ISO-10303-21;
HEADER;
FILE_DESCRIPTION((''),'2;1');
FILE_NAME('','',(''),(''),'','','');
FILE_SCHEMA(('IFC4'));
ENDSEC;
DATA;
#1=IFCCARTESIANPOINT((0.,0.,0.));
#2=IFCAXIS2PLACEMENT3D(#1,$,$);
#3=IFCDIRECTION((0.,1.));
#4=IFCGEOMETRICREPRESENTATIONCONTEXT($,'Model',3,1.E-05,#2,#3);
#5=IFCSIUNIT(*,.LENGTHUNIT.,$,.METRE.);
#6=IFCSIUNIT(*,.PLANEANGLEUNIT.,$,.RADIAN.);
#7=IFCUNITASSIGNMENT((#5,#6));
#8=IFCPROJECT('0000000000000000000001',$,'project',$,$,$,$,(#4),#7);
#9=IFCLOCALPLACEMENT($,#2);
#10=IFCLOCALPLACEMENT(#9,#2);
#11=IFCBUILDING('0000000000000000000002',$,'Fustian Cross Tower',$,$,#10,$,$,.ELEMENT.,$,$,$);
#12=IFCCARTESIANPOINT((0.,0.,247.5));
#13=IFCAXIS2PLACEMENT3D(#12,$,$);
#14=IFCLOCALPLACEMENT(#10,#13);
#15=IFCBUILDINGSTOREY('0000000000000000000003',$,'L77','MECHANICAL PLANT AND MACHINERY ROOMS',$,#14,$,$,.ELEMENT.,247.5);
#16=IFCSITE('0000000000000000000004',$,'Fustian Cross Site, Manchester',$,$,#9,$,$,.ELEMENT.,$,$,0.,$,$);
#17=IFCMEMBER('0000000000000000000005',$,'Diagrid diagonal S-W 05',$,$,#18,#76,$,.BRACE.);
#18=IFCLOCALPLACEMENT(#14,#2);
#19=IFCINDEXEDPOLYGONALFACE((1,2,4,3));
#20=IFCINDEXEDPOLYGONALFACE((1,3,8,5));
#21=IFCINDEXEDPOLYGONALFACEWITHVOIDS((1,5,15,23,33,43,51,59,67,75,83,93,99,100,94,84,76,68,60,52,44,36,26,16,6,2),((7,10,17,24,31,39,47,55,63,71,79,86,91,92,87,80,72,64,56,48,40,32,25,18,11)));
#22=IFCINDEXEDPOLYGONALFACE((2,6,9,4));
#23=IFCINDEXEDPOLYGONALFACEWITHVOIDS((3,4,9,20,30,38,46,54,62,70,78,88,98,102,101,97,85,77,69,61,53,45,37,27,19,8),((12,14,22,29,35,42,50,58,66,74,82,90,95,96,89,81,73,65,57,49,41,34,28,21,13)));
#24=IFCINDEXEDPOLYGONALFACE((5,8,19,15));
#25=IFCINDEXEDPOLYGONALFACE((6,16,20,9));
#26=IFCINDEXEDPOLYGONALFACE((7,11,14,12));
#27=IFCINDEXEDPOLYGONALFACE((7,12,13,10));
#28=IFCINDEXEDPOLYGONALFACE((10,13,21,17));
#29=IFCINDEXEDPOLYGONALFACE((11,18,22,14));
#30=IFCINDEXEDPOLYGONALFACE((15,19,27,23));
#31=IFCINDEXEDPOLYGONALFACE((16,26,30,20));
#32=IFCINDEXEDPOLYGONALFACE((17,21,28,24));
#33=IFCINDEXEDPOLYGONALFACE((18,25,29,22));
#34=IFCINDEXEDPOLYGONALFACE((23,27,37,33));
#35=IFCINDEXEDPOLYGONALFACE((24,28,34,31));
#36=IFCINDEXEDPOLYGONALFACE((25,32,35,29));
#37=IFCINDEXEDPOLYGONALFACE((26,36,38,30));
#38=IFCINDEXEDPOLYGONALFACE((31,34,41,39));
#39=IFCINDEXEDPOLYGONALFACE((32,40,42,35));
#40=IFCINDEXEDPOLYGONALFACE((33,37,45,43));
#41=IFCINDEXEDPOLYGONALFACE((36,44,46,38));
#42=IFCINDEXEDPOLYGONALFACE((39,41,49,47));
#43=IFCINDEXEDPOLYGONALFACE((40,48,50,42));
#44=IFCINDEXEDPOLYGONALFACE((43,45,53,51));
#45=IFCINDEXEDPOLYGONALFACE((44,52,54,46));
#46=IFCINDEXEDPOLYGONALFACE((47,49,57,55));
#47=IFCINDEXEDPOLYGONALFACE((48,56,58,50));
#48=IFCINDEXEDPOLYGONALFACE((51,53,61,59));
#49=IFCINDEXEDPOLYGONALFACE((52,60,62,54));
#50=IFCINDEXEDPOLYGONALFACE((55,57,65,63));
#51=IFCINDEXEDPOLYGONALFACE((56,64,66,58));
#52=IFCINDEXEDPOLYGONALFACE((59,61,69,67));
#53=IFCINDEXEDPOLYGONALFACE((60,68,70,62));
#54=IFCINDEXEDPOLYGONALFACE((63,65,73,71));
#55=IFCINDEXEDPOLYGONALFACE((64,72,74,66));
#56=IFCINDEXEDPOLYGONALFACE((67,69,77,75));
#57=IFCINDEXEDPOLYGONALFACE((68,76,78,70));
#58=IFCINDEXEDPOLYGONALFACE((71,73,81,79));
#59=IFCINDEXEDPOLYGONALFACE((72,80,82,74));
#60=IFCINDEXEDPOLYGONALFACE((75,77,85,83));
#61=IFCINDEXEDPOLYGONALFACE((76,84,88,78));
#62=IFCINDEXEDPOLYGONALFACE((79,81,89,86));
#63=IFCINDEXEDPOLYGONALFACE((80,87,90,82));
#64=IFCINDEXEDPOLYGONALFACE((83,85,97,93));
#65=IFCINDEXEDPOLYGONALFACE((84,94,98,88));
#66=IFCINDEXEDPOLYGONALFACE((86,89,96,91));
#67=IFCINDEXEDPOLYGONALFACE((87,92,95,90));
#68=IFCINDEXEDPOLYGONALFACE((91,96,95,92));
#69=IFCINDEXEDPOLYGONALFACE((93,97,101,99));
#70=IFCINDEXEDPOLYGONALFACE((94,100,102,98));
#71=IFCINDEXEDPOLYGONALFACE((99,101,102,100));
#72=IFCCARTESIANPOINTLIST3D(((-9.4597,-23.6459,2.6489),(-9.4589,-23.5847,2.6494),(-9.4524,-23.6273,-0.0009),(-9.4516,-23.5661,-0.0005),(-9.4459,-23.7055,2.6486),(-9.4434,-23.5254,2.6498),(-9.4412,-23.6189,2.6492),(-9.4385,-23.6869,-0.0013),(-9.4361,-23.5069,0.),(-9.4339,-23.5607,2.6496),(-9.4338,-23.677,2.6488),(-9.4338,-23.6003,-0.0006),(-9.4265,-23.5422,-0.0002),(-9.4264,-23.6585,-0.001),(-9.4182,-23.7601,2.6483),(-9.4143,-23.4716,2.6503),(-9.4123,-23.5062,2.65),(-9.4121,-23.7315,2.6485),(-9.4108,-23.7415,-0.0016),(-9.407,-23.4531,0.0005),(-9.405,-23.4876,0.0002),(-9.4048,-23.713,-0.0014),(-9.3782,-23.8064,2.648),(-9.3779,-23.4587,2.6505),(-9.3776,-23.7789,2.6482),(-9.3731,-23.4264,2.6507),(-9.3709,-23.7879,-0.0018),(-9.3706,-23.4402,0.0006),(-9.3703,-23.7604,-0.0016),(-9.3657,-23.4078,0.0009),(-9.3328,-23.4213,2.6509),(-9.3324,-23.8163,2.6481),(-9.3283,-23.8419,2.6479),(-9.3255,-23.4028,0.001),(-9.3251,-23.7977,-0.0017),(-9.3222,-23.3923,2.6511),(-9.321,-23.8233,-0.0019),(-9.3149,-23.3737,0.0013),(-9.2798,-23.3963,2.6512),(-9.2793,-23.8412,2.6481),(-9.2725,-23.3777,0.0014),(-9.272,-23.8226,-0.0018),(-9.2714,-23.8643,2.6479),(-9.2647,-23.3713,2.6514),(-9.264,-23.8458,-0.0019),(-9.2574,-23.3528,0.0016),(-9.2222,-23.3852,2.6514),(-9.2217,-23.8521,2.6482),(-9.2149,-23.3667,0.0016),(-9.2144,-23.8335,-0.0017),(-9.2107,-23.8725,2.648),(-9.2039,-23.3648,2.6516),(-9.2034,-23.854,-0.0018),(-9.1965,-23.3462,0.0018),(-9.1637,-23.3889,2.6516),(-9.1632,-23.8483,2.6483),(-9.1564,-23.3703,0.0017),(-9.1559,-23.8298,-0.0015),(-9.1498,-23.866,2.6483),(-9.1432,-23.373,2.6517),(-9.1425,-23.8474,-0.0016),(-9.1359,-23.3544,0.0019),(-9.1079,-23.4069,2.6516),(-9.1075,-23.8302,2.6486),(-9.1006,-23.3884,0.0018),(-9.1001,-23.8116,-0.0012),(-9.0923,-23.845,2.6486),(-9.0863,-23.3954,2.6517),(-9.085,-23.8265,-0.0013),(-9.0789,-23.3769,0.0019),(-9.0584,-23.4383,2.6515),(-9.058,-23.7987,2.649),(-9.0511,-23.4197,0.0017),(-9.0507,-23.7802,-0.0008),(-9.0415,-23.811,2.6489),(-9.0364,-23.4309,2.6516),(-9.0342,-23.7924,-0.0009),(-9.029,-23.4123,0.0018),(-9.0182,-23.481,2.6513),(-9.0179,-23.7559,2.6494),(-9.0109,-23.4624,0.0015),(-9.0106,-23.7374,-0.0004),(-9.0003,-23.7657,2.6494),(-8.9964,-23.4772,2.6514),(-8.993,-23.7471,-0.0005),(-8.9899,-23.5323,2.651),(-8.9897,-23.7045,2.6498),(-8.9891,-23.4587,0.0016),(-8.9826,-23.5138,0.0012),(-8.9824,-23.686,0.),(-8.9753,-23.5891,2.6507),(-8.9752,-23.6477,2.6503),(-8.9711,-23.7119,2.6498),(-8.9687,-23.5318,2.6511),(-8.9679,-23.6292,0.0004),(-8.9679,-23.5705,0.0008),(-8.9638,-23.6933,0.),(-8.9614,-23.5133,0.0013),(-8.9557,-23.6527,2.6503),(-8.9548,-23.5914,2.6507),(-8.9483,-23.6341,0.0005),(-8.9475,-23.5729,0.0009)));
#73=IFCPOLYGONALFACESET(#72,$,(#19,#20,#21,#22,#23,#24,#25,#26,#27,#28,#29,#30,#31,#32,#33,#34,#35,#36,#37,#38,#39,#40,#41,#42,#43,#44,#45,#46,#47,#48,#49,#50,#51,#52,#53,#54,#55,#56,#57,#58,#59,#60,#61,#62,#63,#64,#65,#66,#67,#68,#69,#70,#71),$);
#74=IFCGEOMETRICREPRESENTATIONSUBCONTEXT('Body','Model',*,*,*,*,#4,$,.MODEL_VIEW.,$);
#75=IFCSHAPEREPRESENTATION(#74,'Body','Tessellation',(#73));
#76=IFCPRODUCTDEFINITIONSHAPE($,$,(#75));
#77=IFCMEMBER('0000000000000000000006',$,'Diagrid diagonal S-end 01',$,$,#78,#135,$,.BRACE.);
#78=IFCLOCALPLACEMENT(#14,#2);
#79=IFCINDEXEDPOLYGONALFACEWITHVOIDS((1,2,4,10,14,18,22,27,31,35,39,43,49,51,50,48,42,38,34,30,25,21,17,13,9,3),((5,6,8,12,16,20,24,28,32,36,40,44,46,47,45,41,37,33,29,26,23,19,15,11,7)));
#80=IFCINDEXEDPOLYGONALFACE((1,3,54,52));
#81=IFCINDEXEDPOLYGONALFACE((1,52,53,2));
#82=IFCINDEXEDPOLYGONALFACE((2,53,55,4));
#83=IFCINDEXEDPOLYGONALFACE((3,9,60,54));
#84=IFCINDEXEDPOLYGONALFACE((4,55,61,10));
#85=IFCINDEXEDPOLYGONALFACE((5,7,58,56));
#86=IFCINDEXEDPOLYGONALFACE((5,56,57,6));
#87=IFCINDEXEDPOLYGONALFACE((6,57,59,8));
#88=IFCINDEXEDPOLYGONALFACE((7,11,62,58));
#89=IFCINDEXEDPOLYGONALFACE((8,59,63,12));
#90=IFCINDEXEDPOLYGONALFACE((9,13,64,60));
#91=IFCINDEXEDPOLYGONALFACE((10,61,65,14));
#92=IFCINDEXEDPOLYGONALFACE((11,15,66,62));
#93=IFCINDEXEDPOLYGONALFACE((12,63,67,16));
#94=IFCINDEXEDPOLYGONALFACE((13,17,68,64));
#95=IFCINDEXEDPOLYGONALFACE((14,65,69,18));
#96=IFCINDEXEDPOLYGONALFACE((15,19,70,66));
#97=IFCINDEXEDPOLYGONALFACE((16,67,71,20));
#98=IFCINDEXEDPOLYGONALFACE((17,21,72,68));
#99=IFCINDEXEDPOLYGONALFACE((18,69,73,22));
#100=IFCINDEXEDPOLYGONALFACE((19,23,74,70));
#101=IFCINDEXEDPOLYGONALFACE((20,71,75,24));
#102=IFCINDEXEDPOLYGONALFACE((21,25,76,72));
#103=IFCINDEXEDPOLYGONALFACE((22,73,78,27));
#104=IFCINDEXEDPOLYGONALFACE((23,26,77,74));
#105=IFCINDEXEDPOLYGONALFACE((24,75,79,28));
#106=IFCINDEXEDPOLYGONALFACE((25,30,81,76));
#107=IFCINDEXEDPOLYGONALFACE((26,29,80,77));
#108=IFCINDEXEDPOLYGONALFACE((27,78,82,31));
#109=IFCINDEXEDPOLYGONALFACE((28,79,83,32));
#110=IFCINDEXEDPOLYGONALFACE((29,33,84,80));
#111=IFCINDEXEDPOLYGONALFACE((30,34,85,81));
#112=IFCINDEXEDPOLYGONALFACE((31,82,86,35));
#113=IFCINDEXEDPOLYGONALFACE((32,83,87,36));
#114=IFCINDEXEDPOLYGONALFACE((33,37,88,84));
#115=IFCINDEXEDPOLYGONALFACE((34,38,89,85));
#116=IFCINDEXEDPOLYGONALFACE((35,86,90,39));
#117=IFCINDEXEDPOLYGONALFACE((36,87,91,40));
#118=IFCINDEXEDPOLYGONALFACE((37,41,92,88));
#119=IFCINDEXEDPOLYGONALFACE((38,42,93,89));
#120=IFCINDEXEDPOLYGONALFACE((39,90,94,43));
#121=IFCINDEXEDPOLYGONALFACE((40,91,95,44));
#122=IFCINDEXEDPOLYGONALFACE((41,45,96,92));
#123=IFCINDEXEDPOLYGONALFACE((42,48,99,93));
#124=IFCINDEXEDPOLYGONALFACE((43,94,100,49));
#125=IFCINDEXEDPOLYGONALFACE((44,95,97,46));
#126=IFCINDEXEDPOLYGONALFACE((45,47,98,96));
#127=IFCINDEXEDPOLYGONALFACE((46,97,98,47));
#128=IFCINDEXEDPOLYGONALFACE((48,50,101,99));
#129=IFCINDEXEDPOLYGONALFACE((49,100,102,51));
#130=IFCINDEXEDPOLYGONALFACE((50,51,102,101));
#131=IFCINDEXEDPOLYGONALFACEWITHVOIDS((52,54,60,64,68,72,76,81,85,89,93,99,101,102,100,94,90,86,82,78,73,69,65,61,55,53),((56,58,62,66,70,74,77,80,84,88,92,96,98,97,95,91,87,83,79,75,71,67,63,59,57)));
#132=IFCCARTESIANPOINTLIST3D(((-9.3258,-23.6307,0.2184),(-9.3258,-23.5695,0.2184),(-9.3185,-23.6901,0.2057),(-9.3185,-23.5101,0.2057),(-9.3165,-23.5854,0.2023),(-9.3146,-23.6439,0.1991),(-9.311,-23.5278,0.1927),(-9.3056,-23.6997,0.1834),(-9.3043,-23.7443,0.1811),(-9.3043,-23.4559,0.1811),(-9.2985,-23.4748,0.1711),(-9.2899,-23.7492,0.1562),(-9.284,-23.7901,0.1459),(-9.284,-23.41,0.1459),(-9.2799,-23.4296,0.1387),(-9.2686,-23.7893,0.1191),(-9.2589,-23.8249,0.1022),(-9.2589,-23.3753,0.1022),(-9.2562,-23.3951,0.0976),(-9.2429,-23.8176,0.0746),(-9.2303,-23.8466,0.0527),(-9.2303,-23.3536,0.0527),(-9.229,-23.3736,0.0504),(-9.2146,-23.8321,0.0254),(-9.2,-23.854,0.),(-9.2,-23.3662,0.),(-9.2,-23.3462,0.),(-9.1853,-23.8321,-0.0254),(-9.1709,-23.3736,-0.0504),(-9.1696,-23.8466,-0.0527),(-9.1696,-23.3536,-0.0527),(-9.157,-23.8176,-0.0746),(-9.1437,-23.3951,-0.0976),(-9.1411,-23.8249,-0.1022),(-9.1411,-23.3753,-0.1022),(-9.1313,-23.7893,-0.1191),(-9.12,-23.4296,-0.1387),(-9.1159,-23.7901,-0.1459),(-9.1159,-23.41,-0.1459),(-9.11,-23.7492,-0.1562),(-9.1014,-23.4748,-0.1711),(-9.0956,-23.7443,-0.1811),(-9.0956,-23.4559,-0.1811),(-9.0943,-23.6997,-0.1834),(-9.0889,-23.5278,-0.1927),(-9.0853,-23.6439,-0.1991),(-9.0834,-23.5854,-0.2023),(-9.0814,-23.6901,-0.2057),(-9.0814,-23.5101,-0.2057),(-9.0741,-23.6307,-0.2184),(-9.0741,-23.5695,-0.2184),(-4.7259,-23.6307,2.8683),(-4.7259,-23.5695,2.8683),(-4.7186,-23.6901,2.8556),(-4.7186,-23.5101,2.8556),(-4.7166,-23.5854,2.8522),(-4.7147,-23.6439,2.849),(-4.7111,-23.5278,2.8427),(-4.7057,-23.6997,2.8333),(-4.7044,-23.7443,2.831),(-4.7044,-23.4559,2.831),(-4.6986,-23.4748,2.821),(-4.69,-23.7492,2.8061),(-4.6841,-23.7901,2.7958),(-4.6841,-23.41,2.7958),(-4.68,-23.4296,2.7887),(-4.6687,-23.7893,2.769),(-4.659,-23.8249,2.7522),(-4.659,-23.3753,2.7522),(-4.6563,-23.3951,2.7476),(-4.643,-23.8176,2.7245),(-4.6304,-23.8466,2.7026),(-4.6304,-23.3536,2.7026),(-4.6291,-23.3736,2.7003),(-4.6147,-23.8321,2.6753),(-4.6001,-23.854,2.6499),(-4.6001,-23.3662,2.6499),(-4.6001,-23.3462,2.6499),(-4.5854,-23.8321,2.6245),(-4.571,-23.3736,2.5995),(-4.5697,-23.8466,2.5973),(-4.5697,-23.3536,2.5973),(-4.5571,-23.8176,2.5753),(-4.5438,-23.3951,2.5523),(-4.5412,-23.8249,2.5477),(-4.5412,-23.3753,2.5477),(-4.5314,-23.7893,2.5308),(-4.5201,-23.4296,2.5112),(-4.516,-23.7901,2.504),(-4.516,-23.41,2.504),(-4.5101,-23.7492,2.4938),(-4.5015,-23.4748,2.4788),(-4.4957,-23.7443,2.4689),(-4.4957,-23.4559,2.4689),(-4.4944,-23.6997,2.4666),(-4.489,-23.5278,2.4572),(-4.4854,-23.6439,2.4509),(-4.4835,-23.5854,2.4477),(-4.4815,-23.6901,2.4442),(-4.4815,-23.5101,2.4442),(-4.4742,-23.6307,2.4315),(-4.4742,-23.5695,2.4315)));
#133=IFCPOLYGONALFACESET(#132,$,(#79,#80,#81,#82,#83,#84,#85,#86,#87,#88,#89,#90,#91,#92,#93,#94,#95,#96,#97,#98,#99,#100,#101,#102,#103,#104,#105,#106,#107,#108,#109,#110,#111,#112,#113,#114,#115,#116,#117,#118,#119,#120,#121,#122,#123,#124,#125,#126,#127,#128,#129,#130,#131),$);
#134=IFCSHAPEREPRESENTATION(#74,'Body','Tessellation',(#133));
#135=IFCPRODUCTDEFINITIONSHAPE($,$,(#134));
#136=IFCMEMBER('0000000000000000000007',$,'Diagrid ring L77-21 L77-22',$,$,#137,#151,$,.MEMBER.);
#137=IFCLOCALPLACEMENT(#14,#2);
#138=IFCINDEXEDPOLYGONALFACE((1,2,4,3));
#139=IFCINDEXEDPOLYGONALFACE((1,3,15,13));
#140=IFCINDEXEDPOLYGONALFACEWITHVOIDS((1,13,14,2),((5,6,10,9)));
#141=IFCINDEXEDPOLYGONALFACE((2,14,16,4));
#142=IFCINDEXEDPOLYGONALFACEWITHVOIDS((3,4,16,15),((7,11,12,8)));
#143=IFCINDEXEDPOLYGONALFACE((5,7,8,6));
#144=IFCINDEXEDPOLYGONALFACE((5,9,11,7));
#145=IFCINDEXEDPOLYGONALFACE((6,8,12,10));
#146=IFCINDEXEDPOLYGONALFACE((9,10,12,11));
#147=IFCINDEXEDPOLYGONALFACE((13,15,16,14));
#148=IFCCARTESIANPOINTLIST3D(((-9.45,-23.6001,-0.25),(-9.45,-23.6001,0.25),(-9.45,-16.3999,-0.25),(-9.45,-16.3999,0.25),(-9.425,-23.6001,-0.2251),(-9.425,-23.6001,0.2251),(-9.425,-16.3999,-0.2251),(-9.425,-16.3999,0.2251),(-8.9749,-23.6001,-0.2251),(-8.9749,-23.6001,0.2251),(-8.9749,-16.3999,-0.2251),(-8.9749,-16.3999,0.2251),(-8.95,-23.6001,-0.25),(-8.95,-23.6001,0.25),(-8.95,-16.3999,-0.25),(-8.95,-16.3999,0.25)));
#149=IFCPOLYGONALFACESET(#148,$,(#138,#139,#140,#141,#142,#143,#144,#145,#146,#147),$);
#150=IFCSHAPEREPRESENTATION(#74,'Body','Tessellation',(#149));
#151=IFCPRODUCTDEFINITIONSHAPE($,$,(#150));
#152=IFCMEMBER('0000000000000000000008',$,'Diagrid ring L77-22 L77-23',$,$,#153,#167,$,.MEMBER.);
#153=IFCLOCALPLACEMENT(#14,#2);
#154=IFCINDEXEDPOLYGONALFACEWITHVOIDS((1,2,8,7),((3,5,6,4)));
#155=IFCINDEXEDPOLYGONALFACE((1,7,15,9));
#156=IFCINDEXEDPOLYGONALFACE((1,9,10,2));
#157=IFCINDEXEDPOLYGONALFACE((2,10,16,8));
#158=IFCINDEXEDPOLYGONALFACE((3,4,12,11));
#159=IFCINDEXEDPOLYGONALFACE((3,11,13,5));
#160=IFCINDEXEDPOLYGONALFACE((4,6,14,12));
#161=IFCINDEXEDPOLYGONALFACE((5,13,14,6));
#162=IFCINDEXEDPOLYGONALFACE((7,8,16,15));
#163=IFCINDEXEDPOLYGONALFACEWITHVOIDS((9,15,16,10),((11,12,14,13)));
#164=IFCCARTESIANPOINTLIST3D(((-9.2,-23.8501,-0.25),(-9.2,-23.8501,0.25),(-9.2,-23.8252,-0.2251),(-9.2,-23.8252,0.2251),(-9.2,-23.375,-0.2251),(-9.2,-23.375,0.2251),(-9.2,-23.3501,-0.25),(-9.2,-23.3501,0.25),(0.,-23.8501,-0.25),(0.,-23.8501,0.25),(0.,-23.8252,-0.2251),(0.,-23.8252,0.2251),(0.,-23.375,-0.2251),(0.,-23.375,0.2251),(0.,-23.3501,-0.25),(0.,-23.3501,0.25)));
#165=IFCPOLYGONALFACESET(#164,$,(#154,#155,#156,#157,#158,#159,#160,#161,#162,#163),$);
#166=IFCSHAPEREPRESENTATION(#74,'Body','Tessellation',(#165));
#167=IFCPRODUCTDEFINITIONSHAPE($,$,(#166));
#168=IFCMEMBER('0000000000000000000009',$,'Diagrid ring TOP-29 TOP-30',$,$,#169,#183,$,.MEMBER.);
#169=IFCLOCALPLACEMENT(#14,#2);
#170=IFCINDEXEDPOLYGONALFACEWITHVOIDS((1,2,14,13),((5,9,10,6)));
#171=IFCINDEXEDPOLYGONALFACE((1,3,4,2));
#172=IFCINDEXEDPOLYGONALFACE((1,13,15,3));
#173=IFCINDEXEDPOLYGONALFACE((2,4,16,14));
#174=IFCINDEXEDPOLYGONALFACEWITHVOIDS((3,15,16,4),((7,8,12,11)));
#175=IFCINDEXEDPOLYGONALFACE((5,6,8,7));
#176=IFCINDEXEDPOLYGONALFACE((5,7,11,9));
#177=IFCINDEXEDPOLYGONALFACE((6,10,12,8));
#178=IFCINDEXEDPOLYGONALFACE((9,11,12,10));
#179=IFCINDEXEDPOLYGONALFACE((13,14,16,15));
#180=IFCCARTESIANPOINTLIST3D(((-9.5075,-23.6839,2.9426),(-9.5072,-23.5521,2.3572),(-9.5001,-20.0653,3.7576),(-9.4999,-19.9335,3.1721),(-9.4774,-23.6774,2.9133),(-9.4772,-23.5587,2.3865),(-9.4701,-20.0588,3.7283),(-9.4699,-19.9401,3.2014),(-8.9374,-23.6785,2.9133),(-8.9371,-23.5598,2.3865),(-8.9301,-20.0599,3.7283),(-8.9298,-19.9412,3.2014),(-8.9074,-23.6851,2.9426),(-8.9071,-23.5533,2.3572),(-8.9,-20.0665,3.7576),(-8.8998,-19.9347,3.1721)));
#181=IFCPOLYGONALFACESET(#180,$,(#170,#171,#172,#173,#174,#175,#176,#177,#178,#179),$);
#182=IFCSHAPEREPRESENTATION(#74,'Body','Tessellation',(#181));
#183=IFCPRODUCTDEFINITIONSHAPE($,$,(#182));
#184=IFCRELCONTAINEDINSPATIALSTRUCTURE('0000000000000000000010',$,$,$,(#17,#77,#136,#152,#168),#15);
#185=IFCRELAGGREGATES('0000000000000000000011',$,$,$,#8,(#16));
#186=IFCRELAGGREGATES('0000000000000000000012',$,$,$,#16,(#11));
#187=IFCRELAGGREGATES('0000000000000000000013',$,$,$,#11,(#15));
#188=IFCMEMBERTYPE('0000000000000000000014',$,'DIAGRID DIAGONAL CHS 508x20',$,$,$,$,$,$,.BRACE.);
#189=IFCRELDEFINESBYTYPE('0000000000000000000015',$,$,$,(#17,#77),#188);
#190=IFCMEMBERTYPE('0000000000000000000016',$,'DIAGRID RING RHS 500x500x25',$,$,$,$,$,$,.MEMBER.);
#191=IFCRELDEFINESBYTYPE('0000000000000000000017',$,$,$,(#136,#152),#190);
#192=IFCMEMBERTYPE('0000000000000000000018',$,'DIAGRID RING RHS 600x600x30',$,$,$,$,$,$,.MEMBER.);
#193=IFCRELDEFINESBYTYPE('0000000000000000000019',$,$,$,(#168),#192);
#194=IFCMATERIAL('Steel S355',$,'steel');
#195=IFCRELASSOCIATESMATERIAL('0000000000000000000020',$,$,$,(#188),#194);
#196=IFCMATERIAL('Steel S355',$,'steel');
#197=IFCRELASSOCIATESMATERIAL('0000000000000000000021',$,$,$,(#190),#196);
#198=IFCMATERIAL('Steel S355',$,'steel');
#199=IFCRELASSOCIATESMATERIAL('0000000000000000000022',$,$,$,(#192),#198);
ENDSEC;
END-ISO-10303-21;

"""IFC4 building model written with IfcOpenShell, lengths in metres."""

from ifc_helpers import new_model, si_unit, direction, frame, origin, origin_2d, place, context, subcontext, project, spatial, hollow_rectangle, hollow_circle, extrude, material, material_profile, profile_set, type_object, element, save


model = new_model("IFC4")

# Units and contexts
model_context = context("Model", 3, precision=1e-05, world=origin(), true_north=direction((0.0, 1.0)))
body_context = subcontext(model_context, "Body", "Model", "MODEL_VIEW")
ifc_project = project(units=[si_unit("LENGTHUNIT", "METRE"), si_unit("PLANEANGLEUNIT", "RADIAN")], contexts=[model_context])

# Site, building, storey
site_placement = place(None, origin())
site = spatial("IfcSite", under=ifc_project, at=site_placement, Name="Fustian Cross Site, Manchester", CompositionType="ELEMENT", RefElevation=0.0)
building_placement = place(site_placement, origin())
building = spatial("IfcBuilding", under=site, at=building_placement, Name="Fustian Cross Tower", CompositionType="ELEMENT")
storey_placement = place(building_placement, frame((0.0, 0.0, 247.5)))
storey = spatial("IfcBuildingStorey", under=building, at=storey_placement, Name="L77", Description="MECHANICAL PLANT AND MACHINERY ROOMS", CompositionType="ELEMENT", Elevation=247.5)

# Members
ifc_material_1 = material(Name="Steel S355", Category="steel")
ifc_material_profile_1 = material_profile(ifc_material_1, hollow_circle(Radius=0.2539, WallThickness=0.02, at=origin_2d()), Name="CHS 508x20")
ifc_profile_set_1 = profile_set([ifc_material_profile_1], Name="Steel S355")
member_type_1 = type_object("IfcMemberType", Name="DIAGRID DIAGONAL CHS 508x20", PredefinedType="BRACE", material=ifc_profile_set_1)
member_1_placement = place(storey_placement, frame((-9.2, -23.6001, 0.0), z_axis=(-0.002764, -0.007002, 0.999972), x_axis=(0.930155, -0.367167, 0.0)))
element("IfcMember", 1, at=member_1_placement, inside=storey, type_object=member_type_1, Name="Diagrid diagonal S-W 05", PredefinedType="BRACE", context=body_context, shape_type="SweptSolid", body=[
    extrude(hollow_circle(Radius=0.2539, WallThickness=0.02, at=origin_2d()), origin(), (0.0, 0.0, 1.0), 2.6499),
])
member_2_placement = place(storey_placement, frame((-9.2, -23.6001, 0.0), z_axis=(0.8665, 0.0, 0.499177), x_axis=(0.0, 1.0, 0.0)))
element("IfcMember", 2, at=member_2_placement, inside=storey, type_object=member_type_1, Name="Diagrid diagonal S-end 01", PredefinedType="BRACE", context=body_context, shape_type="SweptSolid", body=[
    extrude(hollow_circle(Radius=0.2539, WallThickness=0.02, at=origin_2d()), origin(), (0.0, 0.0, 1.0), 5.3086),
])
ifc_material_2 = material(Name="Steel S355", Category="steel")
ifc_material_profile_2 = material_profile(ifc_material_2, hollow_rectangle(XDim=0.5, YDim=0.5, WallThickness=0.0249, at=origin_2d()), Name="RHS 500x500x25")
ifc_profile_set_2 = profile_set([ifc_material_profile_2], Name="Steel S355")
member_type_2 = type_object("IfcMemberType", Name="DIAGRID RING RHS 500x500x25", PredefinedType="MEMBER", material=ifc_profile_set_2)
member_3_placement = place(storey_placement, frame((-9.2, -16.3999, 0.0), z_axis=(0.0, -1.0, 0.0), x_axis=(1.0, 0.0, 0.0)))
element("IfcMember", 3, at=member_3_placement, inside=storey, type_object=member_type_2, Name="Diagrid ring L77-21 L77-22", PredefinedType="MEMBER", context=body_context, shape_type="SweptSolid", body=[
    extrude(hollow_rectangle(XDim=0.5, YDim=0.5, WallThickness=0.0249, at=origin_2d()), origin(), (0.0, 0.0, 1.0), 7.2002),
])
member_4_placement = place(storey_placement, frame((-9.2, -23.6001, 0.0), z_axis=(1.0, 0.0, 0.0), x_axis=(0.0, 1.0, 0.0)))
element("IfcMember", 4, at=member_4_placement, inside=storey, type_object=member_type_2, Name="Diagrid ring L77-22 L77-23", PredefinedType="MEMBER", context=body_context, shape_type="SweptSolid", body=[
    extrude(hollow_rectangle(XDim=0.5, YDim=0.5, WallThickness=0.0249, at=origin_2d()), origin(), (0.0, 0.0, 1.0), 9.2),
])
ifc_material_3 = material(Name="Steel S355", Category="steel")
ifc_material_profile_3 = material_profile(ifc_material_3, hollow_rectangle(XDim=0.6001, YDim=0.6001, WallThickness=0.03, at=origin_2d()), Name="RHS 600x600x30")
ifc_profile_set_3 = profile_set([ifc_material_profile_3], Name="Steel S355")
member_type_3 = type_object("IfcMemberType", Name="DIAGRID RING RHS 600x600x30", PredefinedType="MEMBER", material=ifc_profile_set_3)
member_5_placement = place(storey_placement, frame((-9.2, -20.0, 3.4648), z_axis=(-0.001975, -0.975565, -0.219703), x_axis=(0.999998, -0.002024, 0.0)))
element("IfcMember", 5, at=member_5_placement, inside=storey, type_object=member_type_3, Name="Diagrid ring TOP-29 TOP-30", PredefinedType="MEMBER", context=body_context, shape_type="SweptSolid", body=[
    extrude(hollow_rectangle(XDim=0.6001, YDim=0.6001, WallThickness=0.03, at=origin_2d()), origin(), (0.0, 0.0, 1.0), 3.7092),
])

save(model, "model.ifc")
